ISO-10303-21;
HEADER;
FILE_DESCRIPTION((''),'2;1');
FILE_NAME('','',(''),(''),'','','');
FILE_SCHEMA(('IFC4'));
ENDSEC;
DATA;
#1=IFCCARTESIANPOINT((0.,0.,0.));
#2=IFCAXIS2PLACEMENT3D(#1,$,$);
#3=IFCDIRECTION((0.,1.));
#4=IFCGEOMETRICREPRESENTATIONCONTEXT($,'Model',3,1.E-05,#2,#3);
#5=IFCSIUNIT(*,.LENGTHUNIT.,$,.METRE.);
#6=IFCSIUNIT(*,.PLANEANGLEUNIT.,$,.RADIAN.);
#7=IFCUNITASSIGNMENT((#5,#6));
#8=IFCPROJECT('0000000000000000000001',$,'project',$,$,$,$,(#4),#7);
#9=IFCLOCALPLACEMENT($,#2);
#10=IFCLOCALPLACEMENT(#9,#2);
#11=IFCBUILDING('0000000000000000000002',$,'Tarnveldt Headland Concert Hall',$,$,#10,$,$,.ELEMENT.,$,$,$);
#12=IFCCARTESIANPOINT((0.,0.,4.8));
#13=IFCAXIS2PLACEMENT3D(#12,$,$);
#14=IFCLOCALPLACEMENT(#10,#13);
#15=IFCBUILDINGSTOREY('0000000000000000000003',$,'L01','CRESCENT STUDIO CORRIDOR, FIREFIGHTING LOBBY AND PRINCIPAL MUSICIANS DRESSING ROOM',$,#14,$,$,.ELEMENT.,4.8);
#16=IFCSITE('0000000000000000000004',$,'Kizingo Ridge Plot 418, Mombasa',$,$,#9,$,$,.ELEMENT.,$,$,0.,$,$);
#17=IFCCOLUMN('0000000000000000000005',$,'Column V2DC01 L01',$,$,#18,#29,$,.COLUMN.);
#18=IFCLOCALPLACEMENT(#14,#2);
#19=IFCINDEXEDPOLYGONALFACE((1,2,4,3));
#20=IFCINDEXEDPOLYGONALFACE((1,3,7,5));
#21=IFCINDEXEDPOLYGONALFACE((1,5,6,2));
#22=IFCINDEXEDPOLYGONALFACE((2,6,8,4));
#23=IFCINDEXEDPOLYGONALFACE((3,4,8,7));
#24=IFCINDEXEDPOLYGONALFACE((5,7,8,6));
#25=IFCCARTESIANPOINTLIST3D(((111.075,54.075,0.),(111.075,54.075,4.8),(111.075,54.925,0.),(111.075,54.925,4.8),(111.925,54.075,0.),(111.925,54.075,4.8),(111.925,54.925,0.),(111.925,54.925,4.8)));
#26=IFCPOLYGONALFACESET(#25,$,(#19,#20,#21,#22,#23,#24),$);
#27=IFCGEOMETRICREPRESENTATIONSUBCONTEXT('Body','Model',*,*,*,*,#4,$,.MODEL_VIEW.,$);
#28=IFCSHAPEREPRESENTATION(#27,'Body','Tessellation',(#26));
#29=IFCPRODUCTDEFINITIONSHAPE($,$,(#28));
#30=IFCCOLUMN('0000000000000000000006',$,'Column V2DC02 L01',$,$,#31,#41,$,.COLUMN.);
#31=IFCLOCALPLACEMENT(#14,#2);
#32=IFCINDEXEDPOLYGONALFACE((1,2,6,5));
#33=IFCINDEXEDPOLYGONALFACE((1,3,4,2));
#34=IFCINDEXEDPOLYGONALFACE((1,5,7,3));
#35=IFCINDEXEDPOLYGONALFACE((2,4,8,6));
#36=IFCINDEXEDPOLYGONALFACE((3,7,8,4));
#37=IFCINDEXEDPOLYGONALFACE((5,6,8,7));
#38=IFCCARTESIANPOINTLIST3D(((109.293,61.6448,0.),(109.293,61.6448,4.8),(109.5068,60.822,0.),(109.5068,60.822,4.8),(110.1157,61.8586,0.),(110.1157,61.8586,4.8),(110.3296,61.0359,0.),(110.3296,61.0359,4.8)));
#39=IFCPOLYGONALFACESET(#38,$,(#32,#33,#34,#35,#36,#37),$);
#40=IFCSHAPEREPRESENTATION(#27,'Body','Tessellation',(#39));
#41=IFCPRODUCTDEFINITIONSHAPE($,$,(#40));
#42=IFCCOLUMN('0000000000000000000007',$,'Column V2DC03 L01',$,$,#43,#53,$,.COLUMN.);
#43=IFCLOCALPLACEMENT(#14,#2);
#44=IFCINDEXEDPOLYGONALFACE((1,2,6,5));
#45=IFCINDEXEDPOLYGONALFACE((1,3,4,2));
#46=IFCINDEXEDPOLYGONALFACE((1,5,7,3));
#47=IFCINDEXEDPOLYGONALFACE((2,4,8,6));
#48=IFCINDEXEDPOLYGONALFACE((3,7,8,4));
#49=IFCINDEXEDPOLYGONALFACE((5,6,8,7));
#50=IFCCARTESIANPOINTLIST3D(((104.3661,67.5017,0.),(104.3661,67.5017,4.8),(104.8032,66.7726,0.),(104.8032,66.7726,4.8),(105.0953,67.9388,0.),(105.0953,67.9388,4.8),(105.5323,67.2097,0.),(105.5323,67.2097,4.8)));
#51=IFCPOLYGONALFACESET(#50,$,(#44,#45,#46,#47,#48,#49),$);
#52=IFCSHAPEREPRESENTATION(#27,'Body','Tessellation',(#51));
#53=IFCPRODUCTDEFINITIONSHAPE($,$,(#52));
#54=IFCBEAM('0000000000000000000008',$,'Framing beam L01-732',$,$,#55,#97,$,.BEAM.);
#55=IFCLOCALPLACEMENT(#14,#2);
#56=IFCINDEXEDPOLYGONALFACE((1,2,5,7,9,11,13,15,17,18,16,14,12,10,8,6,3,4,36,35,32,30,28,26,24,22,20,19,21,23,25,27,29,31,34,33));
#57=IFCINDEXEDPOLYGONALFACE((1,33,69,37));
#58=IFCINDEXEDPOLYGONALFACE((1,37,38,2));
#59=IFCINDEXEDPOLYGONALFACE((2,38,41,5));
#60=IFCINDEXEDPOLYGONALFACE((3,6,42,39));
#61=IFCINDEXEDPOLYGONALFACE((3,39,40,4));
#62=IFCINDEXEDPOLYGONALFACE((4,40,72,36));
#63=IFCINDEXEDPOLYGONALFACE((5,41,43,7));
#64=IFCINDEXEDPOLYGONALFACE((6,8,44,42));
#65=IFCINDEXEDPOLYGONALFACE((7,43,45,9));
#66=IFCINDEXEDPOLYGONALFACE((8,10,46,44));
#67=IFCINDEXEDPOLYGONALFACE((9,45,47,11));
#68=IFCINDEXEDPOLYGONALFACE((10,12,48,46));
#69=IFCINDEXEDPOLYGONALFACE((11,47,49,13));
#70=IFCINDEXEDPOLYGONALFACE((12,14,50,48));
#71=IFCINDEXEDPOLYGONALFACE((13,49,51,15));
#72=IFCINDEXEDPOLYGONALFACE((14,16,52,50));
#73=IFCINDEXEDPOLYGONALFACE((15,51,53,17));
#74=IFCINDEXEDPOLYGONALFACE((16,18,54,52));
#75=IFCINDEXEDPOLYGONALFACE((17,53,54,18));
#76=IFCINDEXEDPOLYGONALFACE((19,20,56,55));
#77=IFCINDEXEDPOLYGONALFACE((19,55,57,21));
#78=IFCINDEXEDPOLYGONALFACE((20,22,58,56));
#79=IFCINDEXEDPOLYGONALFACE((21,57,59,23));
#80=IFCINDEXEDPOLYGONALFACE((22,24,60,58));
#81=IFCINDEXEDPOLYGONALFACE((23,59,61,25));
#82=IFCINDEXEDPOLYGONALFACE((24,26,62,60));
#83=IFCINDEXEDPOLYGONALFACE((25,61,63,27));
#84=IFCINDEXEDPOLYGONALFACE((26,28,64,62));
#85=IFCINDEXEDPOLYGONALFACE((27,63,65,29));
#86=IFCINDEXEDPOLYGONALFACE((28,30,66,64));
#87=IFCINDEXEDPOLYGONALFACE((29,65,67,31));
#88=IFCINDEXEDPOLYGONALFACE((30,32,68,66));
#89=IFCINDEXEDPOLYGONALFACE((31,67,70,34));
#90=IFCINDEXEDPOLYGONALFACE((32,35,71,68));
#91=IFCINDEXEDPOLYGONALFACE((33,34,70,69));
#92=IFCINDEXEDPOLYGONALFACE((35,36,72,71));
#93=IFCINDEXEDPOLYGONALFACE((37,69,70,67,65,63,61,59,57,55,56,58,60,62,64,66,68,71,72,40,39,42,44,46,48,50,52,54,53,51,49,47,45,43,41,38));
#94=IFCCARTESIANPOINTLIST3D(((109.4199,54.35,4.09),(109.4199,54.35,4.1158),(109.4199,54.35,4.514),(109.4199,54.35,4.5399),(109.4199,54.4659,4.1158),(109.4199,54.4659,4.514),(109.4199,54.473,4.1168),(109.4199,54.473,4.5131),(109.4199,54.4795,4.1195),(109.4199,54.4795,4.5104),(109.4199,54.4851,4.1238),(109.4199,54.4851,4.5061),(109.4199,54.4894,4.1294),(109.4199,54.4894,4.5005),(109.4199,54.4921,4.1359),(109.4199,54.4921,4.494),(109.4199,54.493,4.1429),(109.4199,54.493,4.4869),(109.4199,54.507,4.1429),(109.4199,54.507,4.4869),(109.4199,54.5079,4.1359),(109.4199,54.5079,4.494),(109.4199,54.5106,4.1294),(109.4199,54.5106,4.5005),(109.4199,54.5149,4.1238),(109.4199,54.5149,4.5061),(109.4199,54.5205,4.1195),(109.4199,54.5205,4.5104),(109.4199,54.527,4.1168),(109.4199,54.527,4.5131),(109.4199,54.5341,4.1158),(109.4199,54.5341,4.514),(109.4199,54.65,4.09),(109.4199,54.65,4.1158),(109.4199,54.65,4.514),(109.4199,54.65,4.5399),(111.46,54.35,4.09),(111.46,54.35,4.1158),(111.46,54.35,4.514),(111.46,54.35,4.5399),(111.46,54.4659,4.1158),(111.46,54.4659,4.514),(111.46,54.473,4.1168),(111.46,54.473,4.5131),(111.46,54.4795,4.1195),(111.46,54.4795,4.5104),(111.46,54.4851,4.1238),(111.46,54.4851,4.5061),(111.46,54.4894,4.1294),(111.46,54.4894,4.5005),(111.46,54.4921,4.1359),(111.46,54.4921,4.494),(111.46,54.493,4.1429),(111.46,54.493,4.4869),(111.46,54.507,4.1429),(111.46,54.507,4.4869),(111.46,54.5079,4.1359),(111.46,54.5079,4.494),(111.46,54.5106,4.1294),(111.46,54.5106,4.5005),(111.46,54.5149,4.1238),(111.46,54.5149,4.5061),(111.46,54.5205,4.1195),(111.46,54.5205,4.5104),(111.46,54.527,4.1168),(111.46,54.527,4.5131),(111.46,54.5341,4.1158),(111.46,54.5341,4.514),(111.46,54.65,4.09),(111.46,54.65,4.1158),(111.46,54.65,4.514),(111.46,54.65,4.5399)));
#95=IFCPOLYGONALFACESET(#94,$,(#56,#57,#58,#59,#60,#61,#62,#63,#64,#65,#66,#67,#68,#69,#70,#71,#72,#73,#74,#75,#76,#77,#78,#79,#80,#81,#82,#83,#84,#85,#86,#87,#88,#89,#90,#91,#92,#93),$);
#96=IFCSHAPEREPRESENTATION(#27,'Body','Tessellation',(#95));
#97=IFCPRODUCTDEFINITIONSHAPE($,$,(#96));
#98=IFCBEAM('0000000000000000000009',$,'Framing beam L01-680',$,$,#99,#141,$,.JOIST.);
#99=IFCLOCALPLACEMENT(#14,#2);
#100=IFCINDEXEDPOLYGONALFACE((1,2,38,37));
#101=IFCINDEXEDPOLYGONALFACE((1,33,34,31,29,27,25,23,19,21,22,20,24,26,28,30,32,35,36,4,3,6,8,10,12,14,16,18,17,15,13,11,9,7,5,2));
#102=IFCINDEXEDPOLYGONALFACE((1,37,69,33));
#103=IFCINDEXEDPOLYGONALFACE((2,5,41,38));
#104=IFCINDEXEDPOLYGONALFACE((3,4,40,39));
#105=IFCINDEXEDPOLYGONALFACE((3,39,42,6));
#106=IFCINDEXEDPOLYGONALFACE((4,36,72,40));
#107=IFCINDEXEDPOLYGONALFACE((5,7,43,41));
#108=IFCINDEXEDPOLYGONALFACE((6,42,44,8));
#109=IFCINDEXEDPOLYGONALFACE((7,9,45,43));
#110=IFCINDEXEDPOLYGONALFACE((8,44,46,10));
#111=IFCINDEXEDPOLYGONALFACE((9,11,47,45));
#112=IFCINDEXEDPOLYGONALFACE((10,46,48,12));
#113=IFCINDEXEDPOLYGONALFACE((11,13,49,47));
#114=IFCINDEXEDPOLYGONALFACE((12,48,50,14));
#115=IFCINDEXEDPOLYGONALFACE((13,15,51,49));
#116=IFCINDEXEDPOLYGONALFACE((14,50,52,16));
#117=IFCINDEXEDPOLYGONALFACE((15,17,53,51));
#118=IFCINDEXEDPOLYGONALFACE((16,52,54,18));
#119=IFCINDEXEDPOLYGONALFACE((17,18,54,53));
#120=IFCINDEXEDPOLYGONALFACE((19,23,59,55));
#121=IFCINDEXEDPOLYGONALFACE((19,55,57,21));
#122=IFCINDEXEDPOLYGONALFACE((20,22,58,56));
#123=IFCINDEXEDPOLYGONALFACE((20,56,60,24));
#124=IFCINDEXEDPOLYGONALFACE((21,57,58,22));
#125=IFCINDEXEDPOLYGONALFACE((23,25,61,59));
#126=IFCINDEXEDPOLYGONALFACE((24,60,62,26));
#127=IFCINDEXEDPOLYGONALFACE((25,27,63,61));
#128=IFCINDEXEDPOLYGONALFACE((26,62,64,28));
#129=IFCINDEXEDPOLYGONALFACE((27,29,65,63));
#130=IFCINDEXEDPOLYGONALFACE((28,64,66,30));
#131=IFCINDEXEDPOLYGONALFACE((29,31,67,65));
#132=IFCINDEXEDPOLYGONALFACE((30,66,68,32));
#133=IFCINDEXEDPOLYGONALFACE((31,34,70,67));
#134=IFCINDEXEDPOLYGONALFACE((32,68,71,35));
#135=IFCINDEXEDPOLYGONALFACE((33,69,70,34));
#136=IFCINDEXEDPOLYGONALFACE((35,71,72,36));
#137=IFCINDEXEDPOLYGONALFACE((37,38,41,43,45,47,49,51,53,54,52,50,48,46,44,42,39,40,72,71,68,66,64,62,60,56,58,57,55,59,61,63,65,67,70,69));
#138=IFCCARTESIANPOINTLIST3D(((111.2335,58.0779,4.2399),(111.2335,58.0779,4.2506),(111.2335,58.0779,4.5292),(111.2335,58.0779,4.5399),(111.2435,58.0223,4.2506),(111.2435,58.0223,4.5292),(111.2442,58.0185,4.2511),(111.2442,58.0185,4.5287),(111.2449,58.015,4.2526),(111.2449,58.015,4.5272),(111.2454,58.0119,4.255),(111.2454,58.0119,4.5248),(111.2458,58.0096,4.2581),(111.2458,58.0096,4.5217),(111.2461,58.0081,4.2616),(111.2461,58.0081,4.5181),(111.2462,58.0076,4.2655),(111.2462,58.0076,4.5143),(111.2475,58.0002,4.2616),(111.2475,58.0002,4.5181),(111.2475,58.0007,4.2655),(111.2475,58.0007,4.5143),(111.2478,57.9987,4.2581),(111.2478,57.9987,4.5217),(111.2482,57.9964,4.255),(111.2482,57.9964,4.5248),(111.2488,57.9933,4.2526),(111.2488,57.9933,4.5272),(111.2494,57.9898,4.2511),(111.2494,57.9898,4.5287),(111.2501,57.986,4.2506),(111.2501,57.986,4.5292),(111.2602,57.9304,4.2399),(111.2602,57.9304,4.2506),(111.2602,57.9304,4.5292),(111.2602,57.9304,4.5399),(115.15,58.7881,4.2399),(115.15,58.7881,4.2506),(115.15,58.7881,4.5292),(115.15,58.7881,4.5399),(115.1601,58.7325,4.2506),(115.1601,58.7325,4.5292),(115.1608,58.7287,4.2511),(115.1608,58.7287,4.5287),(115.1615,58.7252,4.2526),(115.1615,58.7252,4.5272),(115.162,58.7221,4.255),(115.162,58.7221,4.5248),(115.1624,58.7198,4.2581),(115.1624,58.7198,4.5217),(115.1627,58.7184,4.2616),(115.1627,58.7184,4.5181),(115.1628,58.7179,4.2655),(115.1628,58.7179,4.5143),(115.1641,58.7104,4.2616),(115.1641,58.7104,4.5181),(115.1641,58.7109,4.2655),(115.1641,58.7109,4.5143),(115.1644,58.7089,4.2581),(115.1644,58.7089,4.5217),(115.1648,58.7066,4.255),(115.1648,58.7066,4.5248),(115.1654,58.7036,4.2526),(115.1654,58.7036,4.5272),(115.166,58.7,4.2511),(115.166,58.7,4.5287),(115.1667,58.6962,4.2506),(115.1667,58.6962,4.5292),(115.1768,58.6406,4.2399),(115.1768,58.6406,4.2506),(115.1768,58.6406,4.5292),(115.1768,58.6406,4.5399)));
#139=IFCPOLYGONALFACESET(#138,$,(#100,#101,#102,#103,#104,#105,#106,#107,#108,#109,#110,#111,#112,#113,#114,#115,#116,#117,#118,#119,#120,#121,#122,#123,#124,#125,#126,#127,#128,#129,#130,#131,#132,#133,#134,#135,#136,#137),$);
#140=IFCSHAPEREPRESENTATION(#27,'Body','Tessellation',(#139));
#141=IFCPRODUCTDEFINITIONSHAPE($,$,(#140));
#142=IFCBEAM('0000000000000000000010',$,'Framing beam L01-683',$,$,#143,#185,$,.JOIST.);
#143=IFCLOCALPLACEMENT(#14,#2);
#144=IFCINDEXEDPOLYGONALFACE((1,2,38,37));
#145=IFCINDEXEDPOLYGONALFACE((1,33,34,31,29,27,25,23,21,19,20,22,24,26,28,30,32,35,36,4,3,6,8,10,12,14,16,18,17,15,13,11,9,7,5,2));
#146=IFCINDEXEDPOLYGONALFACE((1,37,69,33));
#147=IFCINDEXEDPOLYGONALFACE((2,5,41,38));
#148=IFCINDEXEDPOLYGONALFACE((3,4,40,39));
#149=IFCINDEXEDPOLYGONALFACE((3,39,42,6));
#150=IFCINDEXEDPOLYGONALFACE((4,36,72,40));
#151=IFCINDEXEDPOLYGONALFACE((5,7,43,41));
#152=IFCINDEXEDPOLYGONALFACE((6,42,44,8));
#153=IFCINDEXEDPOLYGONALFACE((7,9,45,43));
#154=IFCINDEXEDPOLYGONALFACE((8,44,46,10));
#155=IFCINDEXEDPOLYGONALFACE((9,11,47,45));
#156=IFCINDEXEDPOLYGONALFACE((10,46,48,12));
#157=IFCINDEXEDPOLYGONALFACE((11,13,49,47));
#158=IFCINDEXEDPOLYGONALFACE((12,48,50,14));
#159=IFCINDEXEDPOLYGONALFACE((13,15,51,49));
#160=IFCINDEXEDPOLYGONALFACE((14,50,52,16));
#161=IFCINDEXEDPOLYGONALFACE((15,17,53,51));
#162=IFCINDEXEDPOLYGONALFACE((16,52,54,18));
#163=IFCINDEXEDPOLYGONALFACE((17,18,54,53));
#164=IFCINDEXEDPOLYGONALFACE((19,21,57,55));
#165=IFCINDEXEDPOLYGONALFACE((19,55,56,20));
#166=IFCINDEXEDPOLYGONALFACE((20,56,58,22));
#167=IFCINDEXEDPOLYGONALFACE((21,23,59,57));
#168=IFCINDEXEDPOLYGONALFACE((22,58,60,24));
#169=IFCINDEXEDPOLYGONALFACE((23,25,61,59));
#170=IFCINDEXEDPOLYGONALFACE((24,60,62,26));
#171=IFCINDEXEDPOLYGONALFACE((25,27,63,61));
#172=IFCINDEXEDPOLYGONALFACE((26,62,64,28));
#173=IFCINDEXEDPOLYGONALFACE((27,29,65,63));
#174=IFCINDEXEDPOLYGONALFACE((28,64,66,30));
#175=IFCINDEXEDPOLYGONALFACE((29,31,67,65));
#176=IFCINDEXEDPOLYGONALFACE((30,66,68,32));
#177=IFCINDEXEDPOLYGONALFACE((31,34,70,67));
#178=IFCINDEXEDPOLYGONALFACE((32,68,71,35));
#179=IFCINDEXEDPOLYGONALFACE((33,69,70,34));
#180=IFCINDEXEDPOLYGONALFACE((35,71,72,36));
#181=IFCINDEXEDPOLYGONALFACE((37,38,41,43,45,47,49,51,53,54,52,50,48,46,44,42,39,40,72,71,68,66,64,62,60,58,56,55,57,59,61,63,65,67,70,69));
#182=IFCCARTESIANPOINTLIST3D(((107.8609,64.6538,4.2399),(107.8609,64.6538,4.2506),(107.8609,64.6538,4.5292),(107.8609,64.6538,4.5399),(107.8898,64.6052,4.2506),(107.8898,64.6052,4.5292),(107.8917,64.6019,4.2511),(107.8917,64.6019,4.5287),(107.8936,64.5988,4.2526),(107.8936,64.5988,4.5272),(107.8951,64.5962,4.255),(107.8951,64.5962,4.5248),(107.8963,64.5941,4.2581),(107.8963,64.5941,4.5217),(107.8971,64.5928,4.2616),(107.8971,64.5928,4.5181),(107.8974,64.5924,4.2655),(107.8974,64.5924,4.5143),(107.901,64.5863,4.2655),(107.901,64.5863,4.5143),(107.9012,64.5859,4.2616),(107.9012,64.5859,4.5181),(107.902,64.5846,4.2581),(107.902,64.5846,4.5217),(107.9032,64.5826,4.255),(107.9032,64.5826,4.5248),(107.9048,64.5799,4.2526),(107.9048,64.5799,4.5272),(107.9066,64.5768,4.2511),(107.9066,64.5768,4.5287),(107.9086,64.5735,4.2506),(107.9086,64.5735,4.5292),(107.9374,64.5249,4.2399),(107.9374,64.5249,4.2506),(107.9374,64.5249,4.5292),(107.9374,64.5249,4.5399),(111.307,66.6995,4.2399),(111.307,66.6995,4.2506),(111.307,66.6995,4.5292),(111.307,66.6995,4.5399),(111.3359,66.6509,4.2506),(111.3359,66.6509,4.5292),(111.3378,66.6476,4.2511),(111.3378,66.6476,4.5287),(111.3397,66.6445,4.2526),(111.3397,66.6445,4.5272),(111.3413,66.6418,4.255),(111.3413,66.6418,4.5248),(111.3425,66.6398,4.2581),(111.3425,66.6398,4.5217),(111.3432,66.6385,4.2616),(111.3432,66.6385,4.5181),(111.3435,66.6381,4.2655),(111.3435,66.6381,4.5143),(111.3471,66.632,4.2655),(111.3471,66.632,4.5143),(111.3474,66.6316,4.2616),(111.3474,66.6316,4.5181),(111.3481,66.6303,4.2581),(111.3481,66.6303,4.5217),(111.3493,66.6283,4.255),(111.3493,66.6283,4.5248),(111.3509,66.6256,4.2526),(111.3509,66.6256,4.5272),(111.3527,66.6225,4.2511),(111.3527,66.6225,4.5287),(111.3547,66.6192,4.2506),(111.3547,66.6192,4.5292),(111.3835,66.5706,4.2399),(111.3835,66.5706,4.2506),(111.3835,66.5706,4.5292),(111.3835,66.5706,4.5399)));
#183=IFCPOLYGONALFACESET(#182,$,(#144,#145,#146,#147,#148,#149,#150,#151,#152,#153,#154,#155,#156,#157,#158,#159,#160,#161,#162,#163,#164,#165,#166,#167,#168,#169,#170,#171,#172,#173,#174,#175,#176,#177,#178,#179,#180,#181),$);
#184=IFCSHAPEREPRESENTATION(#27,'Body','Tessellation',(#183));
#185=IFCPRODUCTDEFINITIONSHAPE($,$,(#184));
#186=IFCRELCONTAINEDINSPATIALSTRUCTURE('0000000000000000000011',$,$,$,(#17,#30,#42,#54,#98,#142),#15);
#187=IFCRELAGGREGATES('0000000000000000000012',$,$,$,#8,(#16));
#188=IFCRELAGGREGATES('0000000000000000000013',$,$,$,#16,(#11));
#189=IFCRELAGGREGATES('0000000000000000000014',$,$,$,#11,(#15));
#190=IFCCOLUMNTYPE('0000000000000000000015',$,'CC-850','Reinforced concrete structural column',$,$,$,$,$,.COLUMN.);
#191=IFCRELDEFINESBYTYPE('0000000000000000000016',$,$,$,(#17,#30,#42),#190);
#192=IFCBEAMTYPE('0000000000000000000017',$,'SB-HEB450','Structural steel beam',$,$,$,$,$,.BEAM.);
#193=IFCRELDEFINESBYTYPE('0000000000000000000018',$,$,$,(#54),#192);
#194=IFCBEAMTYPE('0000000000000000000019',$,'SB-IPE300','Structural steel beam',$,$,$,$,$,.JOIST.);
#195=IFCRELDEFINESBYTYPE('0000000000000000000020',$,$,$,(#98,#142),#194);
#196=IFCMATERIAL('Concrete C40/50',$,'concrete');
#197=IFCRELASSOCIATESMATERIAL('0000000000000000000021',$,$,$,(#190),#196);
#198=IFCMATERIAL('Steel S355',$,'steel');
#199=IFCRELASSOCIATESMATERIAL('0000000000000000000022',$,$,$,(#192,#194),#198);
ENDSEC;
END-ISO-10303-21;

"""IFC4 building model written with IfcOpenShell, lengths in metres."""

from ifc_helpers import new_model, si_unit, direction, frame, origin, origin_2d, place, context, subcontext, project, spatial, rectangle, i_section, extrude, material, material_profile, profile_set, type_object, element, save


model = new_model("IFC4")

# Units and contexts
model_context = context("Model", 3, precision=1e-05, world=origin(), true_north=direction((0.0, 1.0)))
body_context = subcontext(model_context, "Body", "Model", "MODEL_VIEW")
ifc_project = project(units=[si_unit("LENGTHUNIT", "METRE"), si_unit("PLANEANGLEUNIT", "RADIAN")], contexts=[model_context])

# Site, building, storey
site_placement = place(None, origin())
site = spatial("IfcSite", under=ifc_project, at=site_placement, Name="Kizingo Ridge Plot 418, Mombasa", CompositionType="ELEMENT", RefElevation=0.0)
building_placement = place(site_placement, origin())
building = spatial("IfcBuilding", under=site, at=building_placement, Name="Tarnveldt Headland Concert Hall", CompositionType="ELEMENT")
storey_placement = place(building_placement, frame((0.0, 0.0, 4.8)))
storey = spatial("IfcBuildingStorey", under=building, at=storey_placement, Name="L01", Description="CRESCENT STUDIO CORRIDOR, FIREFIGHTING LOBBY AND PRINCIPAL MUSICIANS DRESSING ROOM", CompositionType="ELEMENT", Elevation=4.8)

# Columns
ifc_material_1 = material(Name="Concrete C40/50", Category="concrete")
ifc_material_profile_1 = material_profile(ifc_material_1, rectangle(XDim=0.8501, YDim=0.8501, at=origin_2d()), Name="RC 850x850", Category="concrete")
ifc_profile_set_1 = profile_set([ifc_material_profile_1], Name="Concrete C40/50")
column_type = type_object("IfcColumnType", Name="CC-850", Description="Reinforced concrete structural column", PredefinedType="COLUMN", material=ifc_profile_set_1)
for number, where, z_axis, x_axis, name in (
    (1, (111.5, 54.5, 0.0), (0.0, 0.0, 1.0), (1.0, 0.0, 0.0), "Column V2DC01 L01"),
    (2, (109.8113, 61.3403, 0.0), (0.0, 0.0, 1.0), (0.967841, 0.251563, 0.0), "Column V2DC02 L01"),
    (3, (104.9492, 67.3557, 0.0), (0.0, 0.0, 1.0), (0.857706, 0.51414, 0.0), "Column V2DC03 L01"),
):
    element("IfcColumn", number, at=place(storey_placement, frame(where, z_axis=z_axis, x_axis=x_axis)), inside=storey, type_object=column_type, Name=name, PredefinedType="COLUMN", context=body_context, shape_type="SweptSolid", body=[
        extrude(rectangle(XDim=0.8501, YDim=0.8501, at=origin_2d()), origin(), (0.0, 0.0, 1.0), 4.8),
    ])

# Beams
ifc_material_2 = material(Name="Steel S355", Category="steel")
ifc_material_profile_2 = material_profile(ifc_material_2, i_section(OverallWidth=0.3, OverallDepth=0.45, WebThickness=0.0139, FlangeThickness=0.0259, FilletRadius=0.0271, at=origin_2d()), Name="HEB450", Category="steel")
ifc_profile_set_2 = profile_set([ifc_material_profile_2], Name="Steel S355")
beam_type_1 = type_object("IfcBeamType", Name="SB-HEB450", Description="Structural steel beam", PredefinedType="BEAM", material=ifc_profile_set_2)
beam_1_placement = place(storey_placement, frame((109.4199, 54.5, 4.3149), z_axis=(1.0, 0.0, 0.0), x_axis=(0.0, 1.0, 0.0)))
element("IfcBeam", 4, at=beam_1_placement, inside=storey, type_object=beam_type_1, Name="Framing beam L01-732", PredefinedType="BEAM", context=body_context, shape_type="SweptSolid", body=[
    extrude(i_section(OverallWidth=0.3, OverallDepth=0.45, WebThickness=0.0139, FlangeThickness=0.0259, FilletRadius=0.0271, at=origin_2d()), origin(), (0.0, 0.0, 1.0), 2.04),
])
ifc_material_profile_3 = material_profile(ifc_material_2, i_section(OverallWidth=0.1499, OverallDepth=0.3, WebThickness=0.0071, FlangeThickness=0.0107, FilletRadius=0.0149, at=origin_2d()), Name="IPE300", Category="steel")
ifc_profile_set_3 = profile_set([ifc_material_profile_3], Name="Steel S355")
beam_type_2 = type_object("IfcBeamType", Name="SB-IPE300", Description="Structural steel beam", PredefinedType="JOIST", material=ifc_profile_set_3)
beam_2_placement = place(storey_placement, frame((111.2468, 58.0042, 4.3899), z_axis=(0.983953, 0.178427, 0.0), x_axis=(-0.178427, 0.983953, 0.0)))
element("IfcBeam", 5, at=beam_2_placement, inside=storey, type_object=beam_type_2, Name="Framing beam L01-680", PredefinedType="JOIST", context=body_context, shape_type="SweptSolid", body=[
    extrude(i_section(OverallWidth=0.1499, OverallDepth=0.3, WebThickness=0.0071, FlangeThickness=0.0107, FilletRadius=0.0149, at=origin_2d()), origin(), (0.0, 0.0, 1.0), 3.9805),
])
beam_3_placement = place(storey_placement, frame((107.8992, 64.5894, 4.3899), z_axis=(0.859902, 0.510459, 0.0), x_axis=(-0.510459, 0.859902, 0.0)))
element("IfcBeam", 6, at=beam_3_placement, inside=storey, type_object=beam_type_2, Name="Framing beam L01-683", PredefinedType="JOIST", context=body_context, shape_type="SweptSolid", body=[
    extrude(i_section(OverallWidth=0.1499, OverallDepth=0.3, WebThickness=0.0071, FlangeThickness=0.0107, FilletRadius=0.0149, at=origin_2d()), origin(), (0.0, 0.0, 1.0), 4.0076),
])

save(model, "model.ifc")
